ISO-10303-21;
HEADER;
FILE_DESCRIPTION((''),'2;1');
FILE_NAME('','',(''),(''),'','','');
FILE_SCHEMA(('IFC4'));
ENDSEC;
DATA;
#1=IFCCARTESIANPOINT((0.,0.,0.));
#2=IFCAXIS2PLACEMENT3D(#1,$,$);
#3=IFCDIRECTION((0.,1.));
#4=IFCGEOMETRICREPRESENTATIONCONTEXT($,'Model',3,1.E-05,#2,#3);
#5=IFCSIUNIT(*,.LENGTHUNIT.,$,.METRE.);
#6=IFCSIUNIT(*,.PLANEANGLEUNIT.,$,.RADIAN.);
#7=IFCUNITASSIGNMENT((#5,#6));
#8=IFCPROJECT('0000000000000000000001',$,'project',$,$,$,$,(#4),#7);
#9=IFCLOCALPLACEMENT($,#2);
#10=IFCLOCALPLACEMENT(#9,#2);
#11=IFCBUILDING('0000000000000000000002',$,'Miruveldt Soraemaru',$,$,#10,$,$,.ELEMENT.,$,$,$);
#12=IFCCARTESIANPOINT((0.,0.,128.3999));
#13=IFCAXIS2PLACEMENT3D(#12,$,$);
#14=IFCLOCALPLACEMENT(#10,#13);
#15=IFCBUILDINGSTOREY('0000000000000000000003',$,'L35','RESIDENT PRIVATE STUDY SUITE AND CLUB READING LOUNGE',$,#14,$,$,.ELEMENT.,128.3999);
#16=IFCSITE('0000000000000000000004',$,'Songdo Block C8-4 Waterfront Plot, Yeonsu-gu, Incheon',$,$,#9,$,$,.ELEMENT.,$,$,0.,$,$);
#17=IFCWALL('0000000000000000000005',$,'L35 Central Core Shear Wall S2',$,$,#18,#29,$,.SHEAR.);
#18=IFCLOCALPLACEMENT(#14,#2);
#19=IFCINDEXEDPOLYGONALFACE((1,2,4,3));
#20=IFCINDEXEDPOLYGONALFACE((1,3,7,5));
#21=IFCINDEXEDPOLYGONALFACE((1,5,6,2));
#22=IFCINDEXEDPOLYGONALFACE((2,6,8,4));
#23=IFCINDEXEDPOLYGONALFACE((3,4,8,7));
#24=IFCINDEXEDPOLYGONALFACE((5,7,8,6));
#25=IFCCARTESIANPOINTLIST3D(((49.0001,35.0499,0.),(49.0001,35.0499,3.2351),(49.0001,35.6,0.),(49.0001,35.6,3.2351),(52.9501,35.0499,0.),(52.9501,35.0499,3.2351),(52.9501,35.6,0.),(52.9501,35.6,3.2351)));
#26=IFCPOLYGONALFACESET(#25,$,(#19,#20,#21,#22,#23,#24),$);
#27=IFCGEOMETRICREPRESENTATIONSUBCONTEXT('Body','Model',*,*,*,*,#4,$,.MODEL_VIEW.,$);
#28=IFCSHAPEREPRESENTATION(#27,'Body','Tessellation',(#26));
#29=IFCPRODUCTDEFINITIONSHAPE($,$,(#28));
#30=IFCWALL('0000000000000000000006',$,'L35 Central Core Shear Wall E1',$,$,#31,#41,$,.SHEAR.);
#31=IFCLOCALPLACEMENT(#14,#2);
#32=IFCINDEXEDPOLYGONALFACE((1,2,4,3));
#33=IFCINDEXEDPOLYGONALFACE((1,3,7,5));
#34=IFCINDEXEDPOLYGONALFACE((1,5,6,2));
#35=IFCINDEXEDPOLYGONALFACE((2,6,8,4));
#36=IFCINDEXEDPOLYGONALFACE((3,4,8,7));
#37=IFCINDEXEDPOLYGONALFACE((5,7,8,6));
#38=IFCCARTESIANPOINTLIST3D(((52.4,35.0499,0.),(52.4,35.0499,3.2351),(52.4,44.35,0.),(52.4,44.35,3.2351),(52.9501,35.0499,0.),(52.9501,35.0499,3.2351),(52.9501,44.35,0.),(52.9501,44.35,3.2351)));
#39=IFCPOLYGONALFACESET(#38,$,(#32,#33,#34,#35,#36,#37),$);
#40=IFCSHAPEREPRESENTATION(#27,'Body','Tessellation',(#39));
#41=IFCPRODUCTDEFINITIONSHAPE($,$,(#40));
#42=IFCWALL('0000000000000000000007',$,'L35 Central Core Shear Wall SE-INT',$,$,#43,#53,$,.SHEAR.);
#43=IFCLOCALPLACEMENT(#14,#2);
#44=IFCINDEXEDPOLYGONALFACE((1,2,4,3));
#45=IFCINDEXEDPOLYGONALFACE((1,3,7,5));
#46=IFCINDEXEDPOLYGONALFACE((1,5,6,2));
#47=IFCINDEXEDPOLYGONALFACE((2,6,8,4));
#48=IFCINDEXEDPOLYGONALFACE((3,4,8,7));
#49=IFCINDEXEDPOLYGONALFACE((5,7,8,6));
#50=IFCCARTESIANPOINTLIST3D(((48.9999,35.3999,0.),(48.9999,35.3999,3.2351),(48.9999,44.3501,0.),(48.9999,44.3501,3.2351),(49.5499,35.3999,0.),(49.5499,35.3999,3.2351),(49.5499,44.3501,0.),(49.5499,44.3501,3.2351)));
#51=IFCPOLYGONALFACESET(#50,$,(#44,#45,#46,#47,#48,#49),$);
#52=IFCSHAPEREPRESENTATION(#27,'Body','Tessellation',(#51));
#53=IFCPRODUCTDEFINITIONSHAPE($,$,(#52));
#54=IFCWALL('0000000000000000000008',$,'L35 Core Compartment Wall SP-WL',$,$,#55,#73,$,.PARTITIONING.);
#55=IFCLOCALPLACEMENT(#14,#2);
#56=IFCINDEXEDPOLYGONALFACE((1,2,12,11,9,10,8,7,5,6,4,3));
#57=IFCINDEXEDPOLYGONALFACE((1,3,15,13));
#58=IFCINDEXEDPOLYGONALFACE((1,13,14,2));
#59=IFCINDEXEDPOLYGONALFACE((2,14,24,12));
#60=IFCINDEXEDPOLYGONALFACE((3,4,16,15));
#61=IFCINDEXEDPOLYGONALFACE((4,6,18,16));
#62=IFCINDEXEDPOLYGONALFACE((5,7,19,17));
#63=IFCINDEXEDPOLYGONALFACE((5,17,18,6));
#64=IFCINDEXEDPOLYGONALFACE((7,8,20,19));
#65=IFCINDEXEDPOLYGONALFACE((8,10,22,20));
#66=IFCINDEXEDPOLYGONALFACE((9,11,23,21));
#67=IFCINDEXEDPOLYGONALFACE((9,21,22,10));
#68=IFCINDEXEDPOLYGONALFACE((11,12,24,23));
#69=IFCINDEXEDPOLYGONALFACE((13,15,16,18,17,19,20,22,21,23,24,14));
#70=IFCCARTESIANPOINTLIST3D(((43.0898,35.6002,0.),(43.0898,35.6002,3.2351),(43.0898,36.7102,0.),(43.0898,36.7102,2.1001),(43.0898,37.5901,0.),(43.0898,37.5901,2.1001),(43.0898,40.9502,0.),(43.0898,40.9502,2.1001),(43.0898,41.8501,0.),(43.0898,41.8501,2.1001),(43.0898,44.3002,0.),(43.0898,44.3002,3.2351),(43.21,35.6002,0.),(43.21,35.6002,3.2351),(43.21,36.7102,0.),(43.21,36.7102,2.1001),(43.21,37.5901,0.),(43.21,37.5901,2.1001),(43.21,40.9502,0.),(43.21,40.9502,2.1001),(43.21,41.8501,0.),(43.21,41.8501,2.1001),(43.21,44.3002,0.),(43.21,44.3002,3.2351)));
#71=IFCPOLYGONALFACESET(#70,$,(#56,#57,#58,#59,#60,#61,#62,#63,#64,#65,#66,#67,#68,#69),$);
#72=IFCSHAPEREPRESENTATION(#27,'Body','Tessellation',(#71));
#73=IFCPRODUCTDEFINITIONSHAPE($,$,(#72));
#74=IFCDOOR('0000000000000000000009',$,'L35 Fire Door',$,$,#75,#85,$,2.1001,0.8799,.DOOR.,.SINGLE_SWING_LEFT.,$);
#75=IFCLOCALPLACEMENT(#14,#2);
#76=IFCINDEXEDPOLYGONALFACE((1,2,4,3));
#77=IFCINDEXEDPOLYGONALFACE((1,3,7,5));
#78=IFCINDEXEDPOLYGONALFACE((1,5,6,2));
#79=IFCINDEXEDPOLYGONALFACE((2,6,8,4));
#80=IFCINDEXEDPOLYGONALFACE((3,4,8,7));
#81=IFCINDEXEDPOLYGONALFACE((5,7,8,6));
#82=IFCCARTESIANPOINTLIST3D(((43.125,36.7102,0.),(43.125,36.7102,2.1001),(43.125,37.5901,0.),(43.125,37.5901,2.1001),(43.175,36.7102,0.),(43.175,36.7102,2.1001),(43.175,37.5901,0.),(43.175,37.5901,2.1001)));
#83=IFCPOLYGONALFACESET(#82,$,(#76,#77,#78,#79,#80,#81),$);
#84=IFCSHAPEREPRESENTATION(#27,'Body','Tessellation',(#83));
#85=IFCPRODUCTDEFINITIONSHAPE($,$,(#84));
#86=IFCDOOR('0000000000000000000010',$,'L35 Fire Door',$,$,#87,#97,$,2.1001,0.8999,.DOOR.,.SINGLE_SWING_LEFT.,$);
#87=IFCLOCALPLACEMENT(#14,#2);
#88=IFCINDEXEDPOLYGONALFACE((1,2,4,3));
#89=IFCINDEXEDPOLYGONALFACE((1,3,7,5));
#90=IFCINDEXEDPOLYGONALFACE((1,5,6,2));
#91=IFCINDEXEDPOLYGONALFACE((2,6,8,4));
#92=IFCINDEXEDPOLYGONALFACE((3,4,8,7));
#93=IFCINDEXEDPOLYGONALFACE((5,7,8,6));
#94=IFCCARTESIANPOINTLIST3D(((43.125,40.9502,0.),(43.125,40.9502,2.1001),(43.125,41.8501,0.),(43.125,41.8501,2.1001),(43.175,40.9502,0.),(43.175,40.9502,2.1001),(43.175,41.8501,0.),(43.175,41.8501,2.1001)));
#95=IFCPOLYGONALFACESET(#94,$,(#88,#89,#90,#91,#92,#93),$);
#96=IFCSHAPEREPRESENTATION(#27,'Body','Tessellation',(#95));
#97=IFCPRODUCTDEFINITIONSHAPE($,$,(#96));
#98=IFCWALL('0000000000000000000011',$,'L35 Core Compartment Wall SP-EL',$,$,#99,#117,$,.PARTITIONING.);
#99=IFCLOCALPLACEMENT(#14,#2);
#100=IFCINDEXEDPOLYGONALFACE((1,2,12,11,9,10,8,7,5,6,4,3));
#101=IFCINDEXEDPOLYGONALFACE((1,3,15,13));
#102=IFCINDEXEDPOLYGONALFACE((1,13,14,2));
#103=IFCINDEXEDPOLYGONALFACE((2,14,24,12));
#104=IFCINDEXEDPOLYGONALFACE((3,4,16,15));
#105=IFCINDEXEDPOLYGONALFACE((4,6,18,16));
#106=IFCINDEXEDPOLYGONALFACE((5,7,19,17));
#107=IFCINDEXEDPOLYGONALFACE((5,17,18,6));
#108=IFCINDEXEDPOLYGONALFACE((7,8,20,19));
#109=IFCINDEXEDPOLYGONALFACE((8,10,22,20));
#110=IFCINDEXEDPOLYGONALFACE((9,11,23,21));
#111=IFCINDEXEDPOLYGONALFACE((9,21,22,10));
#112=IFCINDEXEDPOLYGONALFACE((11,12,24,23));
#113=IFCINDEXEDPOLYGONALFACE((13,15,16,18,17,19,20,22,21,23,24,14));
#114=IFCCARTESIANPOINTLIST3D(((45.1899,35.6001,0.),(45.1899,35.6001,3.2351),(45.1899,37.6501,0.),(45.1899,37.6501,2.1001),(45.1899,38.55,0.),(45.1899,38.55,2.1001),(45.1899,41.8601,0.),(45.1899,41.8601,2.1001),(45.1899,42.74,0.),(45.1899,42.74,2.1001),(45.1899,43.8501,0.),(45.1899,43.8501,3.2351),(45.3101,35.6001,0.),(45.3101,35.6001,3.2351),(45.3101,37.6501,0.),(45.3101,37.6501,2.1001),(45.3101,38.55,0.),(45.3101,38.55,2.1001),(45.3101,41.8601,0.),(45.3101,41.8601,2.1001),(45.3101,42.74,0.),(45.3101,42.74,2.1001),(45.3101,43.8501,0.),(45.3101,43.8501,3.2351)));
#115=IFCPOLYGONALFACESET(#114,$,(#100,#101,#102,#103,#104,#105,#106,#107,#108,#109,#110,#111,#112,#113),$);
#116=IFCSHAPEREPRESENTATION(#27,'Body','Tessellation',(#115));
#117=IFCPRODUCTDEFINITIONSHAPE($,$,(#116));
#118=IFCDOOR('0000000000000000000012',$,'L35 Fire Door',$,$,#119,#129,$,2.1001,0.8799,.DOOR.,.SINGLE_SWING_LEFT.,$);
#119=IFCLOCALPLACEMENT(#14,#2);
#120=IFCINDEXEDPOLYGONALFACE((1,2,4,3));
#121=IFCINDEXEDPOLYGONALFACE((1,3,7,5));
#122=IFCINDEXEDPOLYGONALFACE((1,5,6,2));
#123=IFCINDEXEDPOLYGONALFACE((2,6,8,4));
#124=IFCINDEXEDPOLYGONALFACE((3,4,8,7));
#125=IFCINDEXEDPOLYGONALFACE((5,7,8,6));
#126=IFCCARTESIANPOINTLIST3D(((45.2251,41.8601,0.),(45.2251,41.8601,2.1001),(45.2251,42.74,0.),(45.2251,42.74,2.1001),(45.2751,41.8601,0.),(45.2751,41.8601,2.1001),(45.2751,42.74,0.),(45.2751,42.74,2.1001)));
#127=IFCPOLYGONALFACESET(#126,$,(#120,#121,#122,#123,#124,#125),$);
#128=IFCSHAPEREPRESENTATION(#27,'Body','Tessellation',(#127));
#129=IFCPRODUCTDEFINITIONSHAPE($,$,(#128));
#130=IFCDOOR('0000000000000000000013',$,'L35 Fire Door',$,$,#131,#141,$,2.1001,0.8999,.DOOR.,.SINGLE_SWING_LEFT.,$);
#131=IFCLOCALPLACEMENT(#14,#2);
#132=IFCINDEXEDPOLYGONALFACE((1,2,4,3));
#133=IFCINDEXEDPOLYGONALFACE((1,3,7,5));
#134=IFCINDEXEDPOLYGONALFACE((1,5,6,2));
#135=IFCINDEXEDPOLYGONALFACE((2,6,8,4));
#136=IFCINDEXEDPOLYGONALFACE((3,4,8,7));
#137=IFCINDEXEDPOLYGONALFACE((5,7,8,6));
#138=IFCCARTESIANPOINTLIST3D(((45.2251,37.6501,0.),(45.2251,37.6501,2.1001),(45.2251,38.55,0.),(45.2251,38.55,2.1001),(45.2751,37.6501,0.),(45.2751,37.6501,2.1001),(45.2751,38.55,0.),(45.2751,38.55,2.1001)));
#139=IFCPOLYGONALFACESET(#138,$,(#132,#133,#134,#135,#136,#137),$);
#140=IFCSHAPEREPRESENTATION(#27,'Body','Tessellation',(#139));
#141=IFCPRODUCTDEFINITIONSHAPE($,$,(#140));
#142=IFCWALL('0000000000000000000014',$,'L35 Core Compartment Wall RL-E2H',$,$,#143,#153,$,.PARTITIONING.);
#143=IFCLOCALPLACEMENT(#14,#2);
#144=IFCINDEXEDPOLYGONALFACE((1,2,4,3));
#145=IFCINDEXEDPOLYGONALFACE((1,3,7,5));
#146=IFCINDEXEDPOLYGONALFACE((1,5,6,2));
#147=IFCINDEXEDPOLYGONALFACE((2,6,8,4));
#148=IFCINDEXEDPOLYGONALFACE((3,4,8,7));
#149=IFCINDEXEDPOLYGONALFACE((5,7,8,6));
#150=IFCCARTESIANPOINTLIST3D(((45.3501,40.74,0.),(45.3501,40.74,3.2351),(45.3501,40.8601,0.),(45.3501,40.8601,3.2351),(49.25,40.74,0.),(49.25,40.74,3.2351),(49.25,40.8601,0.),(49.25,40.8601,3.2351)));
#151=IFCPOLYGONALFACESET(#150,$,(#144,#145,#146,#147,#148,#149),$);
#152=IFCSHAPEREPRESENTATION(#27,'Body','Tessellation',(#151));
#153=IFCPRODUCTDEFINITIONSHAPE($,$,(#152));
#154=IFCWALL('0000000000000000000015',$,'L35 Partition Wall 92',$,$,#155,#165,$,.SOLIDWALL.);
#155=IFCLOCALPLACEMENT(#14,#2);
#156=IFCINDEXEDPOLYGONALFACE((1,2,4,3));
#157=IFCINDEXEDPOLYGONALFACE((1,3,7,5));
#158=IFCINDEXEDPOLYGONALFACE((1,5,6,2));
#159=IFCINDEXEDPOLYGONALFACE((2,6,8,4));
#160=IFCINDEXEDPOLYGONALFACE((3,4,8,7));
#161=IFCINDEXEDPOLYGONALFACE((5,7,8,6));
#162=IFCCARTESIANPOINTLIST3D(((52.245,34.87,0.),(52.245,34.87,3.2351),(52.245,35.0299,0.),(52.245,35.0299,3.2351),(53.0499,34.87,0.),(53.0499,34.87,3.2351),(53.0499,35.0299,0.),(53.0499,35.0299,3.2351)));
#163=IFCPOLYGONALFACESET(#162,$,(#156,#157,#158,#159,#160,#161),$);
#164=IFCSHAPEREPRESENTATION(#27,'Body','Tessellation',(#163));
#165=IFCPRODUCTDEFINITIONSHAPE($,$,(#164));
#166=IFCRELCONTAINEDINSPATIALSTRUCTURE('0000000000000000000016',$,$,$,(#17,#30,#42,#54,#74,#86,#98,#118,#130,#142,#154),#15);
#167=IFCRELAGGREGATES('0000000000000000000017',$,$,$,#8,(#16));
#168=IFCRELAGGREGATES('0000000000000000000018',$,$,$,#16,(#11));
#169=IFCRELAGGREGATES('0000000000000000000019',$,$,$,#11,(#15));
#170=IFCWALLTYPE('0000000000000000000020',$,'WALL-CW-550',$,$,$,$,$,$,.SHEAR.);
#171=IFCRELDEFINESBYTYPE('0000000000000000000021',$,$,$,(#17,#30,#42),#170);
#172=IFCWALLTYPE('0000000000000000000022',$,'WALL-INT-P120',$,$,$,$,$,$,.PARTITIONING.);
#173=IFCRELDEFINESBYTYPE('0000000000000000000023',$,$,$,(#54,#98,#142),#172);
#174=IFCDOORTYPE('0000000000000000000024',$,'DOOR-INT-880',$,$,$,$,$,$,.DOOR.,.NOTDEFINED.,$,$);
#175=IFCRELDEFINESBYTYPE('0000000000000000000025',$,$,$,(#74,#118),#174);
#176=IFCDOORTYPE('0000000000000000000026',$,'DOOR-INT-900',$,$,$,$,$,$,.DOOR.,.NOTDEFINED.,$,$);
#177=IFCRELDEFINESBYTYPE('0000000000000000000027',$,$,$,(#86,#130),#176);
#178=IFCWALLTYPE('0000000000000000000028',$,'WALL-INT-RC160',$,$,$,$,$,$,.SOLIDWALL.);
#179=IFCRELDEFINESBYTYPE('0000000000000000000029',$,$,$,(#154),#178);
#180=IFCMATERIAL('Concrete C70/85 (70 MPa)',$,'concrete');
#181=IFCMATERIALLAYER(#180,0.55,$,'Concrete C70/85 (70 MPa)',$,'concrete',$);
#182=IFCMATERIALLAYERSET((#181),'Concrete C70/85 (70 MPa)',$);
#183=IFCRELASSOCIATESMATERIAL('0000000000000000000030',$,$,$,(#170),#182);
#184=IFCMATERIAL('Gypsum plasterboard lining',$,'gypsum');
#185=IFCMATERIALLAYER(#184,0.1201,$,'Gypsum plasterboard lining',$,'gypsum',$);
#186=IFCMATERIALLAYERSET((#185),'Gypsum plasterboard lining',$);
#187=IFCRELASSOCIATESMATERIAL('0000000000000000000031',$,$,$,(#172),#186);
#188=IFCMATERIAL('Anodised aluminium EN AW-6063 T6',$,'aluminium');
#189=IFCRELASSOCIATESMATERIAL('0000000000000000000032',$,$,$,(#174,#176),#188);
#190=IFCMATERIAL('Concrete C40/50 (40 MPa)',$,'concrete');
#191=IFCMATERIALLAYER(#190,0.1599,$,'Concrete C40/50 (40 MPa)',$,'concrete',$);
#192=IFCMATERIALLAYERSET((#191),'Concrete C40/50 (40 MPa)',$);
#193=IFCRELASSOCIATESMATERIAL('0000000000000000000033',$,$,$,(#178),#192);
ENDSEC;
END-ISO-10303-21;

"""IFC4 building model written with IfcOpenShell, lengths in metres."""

from ifc_helpers import new_model, si_unit, direction, frame, frame_2d, origin, place, context, subcontext, project, spatial, rectangle, extrude, material, layer, layer_set, type_object, element, fill, save


model = new_model("IFC4")

# Units and contexts
model_context = context("Model", 3, precision=1e-05, world=origin(), true_north=direction((0.0, 1.0)))
body_context = subcontext(model_context, "Body", "Model", "MODEL_VIEW")
ifc_project = project(units=[si_unit("LENGTHUNIT", "METRE"), si_unit("PLANEANGLEUNIT", "RADIAN")], contexts=[model_context])

# Site, building, storey
site_placement = place(None, origin())
site = spatial("IfcSite", under=ifc_project, at=site_placement, Name="Songdo Block C8-4 Waterfront Plot, Yeonsu-gu, Incheon", CompositionType="ELEMENT", RefElevation=0.0)
building_placement = place(site_placement, origin())
building = spatial("IfcBuilding", under=site, at=building_placement, Name="Miruveldt Soraemaru", CompositionType="ELEMENT")
storey_placement = place(building_placement, frame((0.0, 0.0, 128.3999)))
storey = spatial("IfcBuildingStorey", under=building, at=storey_placement, Name="L35", Description="RESIDENT PRIVATE STUDY SUITE AND CLUB READING LOUNGE", CompositionType="ELEMENT", Elevation=128.3999)

# Shared definitions
ifc_material_1 = material(Name="Anodised aluminium EN AW-6063 T6", Category="aluminium")

# Walls
ifc_material_2 = material(Name="Concrete C70/85 (70 MPa)", Category="concrete")
ifc_layer_1 = layer(ifc_material_2, 0.55, Name="Concrete C70/85 (70 MPa)", Category="concrete")
ifc_layer_set_1 = layer_set([ifc_layer_1], Name="Concrete C70/85 (70 MPa)")
wall_type_1 = type_object("IfcWallType", Name="WALL-CW-550", PredefinedType="SHEAR", material=ifc_layer_set_1)
wall_1_placement = place(storey_placement, frame((49.0, 35.325, 0.0), z_axis=(0.0, 0.0, 1.0), x_axis=(1.0, 0.0, 0.0)))
element("IfcWall", 1, at=wall_1_placement, inside=storey, type_object=wall_type_1, Name="L35 Central Core Shear Wall S2", PredefinedType="SHEAR", context=body_context, shape_type="SweptSolid", body=[
    extrude(rectangle(XDim=3.95, YDim=0.55, at=frame_2d((1.9751, 0.0))), origin(), (0.0, 0.0, 1.0), 3.2351),
])
wall_2_placement = place(storey_placement, frame((52.675, 35.05, 0.0), z_axis=(0.0, 0.0, 1.0), x_axis=(0.0, 1.0, 0.0)))
element("IfcWall", 2, at=wall_2_placement, inside=storey, type_object=wall_type_1, Name="L35 Central Core Shear Wall E1", PredefinedType="SHEAR", context=body_context, shape_type="SweptSolid", body=[
    extrude(rectangle(XDim=9.3, YDim=0.55, at=frame_2d((4.6499, 0.0))), origin(), (0.0, 0.0, 1.0), 3.2351),
])
wall_3_placement = place(storey_placement, frame((49.2749, 35.3999, 0.0), z_axis=(0.0, 0.0, 1.0), x_axis=(0.0, 1.0, 0.0)))
element("IfcWall", 3, at=wall_3_placement, inside=storey, type_object=wall_type_1, Name="L35 Central Core Shear Wall SE-INT", PredefinedType="SHEAR", context=body_context, shape_type="SweptSolid", body=[
    extrude(rectangle(XDim=8.9502, YDim=0.55, at=frame_2d((4.4751, 0.0))), origin(), (0.0, 0.0, 1.0), 3.2351),
])

# Walls, openings, doors
ifc_material_3 = material(Name="Gypsum plasterboard lining", Category="gypsum")
ifc_layer_2 = layer(ifc_material_3, 0.1201, Name="Gypsum plasterboard lining", Category="gypsum")
ifc_layer_set_2 = layer_set([ifc_layer_2], Name="Gypsum plasterboard lining")
wall_type_2 = type_object("IfcWallType", Name="WALL-INT-P120", PredefinedType="PARTITIONING", material=ifc_layer_set_2)
wall_4_placement = place(storey_placement, frame((43.1499, 35.6001, 0.0), z_axis=(0.0, 0.0, 1.0), x_axis=(0.0, 1.0, 0.0)))
wall_4 = element("IfcWall", 4, at=wall_4_placement, inside=storey, type_object=wall_type_2, Name="L35 Core Compartment Wall SP-WL", PredefinedType="PARTITIONING", context=body_context, shape_type="SweptSolid", body=[
    extrude(rectangle(XDim=8.7, YDim=0.1201, at=frame_2d((4.3501, 0.0))), origin(), (0.0, 0.0, 1.0), 3.2351),
])
opening_1_placement = place(wall_4_placement, frame((1.1101, 0.0, 0.0)))
opening_1 = element("IfcOpeningElement", 5, at=opening_1_placement, cuts=wall_4, PredefinedType="OPENING", context=body_context, shape_type="SweptSolid", body=[
    extrude(rectangle(XDim=0.8799, YDim=2.1001, at=frame_2d((0.4399, 1.05))), frame((0.0, 0.0701, 0.0), z_axis=(0.0, -1.0, 0.0), x_axis=(1.0, 0.0, 0.0)), (0.0, 0.0, 1.0), 0.1401),
])
opening_2_placement = place(wall_4_placement, frame((5.3501, 0.0, 0.0)))
opening_2 = element("IfcOpeningElement", 6, at=opening_2_placement, cuts=wall_4, PredefinedType="OPENING", context=body_context, shape_type="SweptSolid", body=[
    extrude(rectangle(XDim=0.8999, YDim=2.1001, at=frame_2d((0.45, 1.05))), frame((0.0, 0.0701, 0.0), z_axis=(0.0, -1.0, 0.0), x_axis=(1.0, 0.0, 0.0)), (0.0, 0.0, 1.0), 0.1401),
])
door_type_1 = type_object("IfcDoorType", Name="DOOR-INT-880", OperationType="NOTDEFINED", PredefinedType="DOOR", material=ifc_material_1)
door_1_placement = place(opening_1_placement, origin())
door_1 = element("IfcDoor", 7, at=door_1_placement, inside=storey, type_object=door_type_1, Name="L35 Fire Door", OperationType="SINGLE_SWING_LEFT", OverallHeight=2.1001, OverallWidth=0.8799, PredefinedType="DOOR", context=body_context, shape_type="SweptSolid", body=[
    extrude(rectangle(XDim=0.8799, YDim=2.1001, at=frame_2d((0.4399, 1.05))), frame((0.0, 0.0249, 0.0), z_axis=(0.0, -1.0, 0.0), x_axis=(1.0, 0.0, 0.0)), (0.0, 0.0, 1.0), 0.05),
])
fill(opening_1, door_1)
door_type_2 = type_object("IfcDoorType", Name="DOOR-INT-900", OperationType="NOTDEFINED", PredefinedType="DOOR", material=ifc_material_1)
door_2_placement = place(opening_2_placement, origin())
door_2 = element("IfcDoor", 8, at=door_2_placement, inside=storey, type_object=door_type_2, Name="L35 Fire Door", OperationType="SINGLE_SWING_LEFT", OverallHeight=2.1001, OverallWidth=0.8999, PredefinedType="DOOR", context=body_context, shape_type="SweptSolid", body=[
    extrude(rectangle(XDim=0.8999, YDim=2.1001, at=frame_2d((0.45, 1.05))), frame((0.0, 0.0249, 0.0), z_axis=(0.0, -1.0, 0.0), x_axis=(1.0, 0.0, 0.0)), (0.0, 0.0, 1.0), 0.05),
])
fill(opening_2, door_2)
wall_5_placement = place(storey_placement, frame((45.25, 35.6001, 0.0), z_axis=(0.0, 0.0, 1.0), x_axis=(0.0, 1.0, 0.0)))
wall_5 = element("IfcWall", 9, at=wall_5_placement, inside=storey, type_object=wall_type_2, Name="L35 Core Compartment Wall SP-EL", PredefinedType="PARTITIONING", context=body_context, shape_type="SweptSolid", body=[
    extrude(rectangle(XDim=8.25, YDim=0.1201, at=frame_2d((4.125, 0.0))), origin(), (0.0, 0.0, 1.0), 3.2351),
])
opening_3_placement = place(wall_5_placement, frame((2.05, 0.0, 0.0)))
opening_3 = element("IfcOpeningElement", 10, at=opening_3_placement, cuts=wall_5, PredefinedType="OPENING", context=body_context, shape_type="SweptSolid", body=[
    extrude(rectangle(XDim=0.8999, YDim=2.1001, at=frame_2d((0.45, 1.05))), frame((0.0, 0.0701, 0.0), z_axis=(0.0, -1.0, 0.0), x_axis=(1.0, 0.0, 0.0)), (0.0, 0.0, 1.0), 0.1401),
])
opening_4_placement = place(wall_5_placement, frame((6.26, 0.0, 0.0)))
opening_4 = element("IfcOpeningElement", 11, at=opening_4_placement, cuts=wall_5, PredefinedType="OPENING", context=body_context, shape_type="SweptSolid", body=[
    extrude(rectangle(XDim=0.8799, YDim=2.1001, at=frame_2d((0.4399, 1.05))), frame((0.0, 0.0701, 0.0), z_axis=(0.0, -1.0, 0.0), x_axis=(1.0, 0.0, 0.0)), (0.0, 0.0, 1.0), 0.1401),
])
door_3_placement = place(opening_4_placement, origin())
door_3 = element("IfcDoor", 12, at=door_3_placement, inside=storey, type_object=door_type_1, Name="L35 Fire Door", OperationType="SINGLE_SWING_LEFT", OverallHeight=2.1001, OverallWidth=0.8799, PredefinedType="DOOR", context=body_context, shape_type="SweptSolid", body=[
    extrude(rectangle(XDim=0.8799, YDim=2.1001, at=frame_2d((0.4399, 1.05))), frame((0.0, 0.0249, 0.0), z_axis=(0.0, -1.0, 0.0), x_axis=(1.0, 0.0, 0.0)), (0.0, 0.0, 1.0), 0.05),
])
fill(opening_4, door_3)
door_4_placement = place(opening_3_placement, origin())
door_4 = element("IfcDoor", 13, at=door_4_placement, inside=storey, type_object=door_type_2, Name="L35 Fire Door", OperationType="SINGLE_SWING_LEFT", OverallHeight=2.1001, OverallWidth=0.8999, PredefinedType="DOOR", context=body_context, shape_type="SweptSolid", body=[
    extrude(rectangle(XDim=0.8999, YDim=2.1001, at=frame_2d((0.45, 1.05))), frame((0.0, 0.0249, 0.0), z_axis=(0.0, -1.0, 0.0), x_axis=(1.0, 0.0, 0.0)), (0.0, 0.0, 1.0), 0.05),
])
fill(opening_3, door_4)

# Walls
wall_6_placement = place(storey_placement, frame((45.3501, 40.8, 0.0), z_axis=(0.0, 0.0, 1.0), x_axis=(1.0, 0.0, 0.0)))
element("IfcWall", 14, at=wall_6_placement, inside=storey, type_object=wall_type_2, Name="L35 Core Compartment Wall RL-E2H", PredefinedType="PARTITIONING", context=body_context, shape_type="SweptSolid", body=[
    extrude(rectangle(XDim=3.8999, YDim=0.1201, at=frame_2d((1.95, 0.0))), origin(), (0.0, 0.0, 1.0), 3.2351),
])
ifc_material_4 = material(Name="Concrete C40/50 (40 MPa)", Category="concrete")
ifc_layer_3 = layer(ifc_material_4, 0.1599, Name="Concrete C40/50 (40 MPa)", Category="concrete")
ifc_layer_set_3 = layer_set([ifc_layer_3], Name="Concrete C40/50 (40 MPa)")
wall_type_3 = type_object("IfcWallType", Name="WALL-INT-RC160", PredefinedType="SOLIDWALL", material=ifc_layer_set_3)
wall_7_placement = place(storey_placement, frame((52.2451, 34.95, 0.0), z_axis=(0.0, 0.0, 1.0), x_axis=(1.0, 0.0, 0.0)))
element("IfcWall", 15, at=wall_7_placement, inside=storey, type_object=wall_type_3, Name="L35 Partition Wall 92", PredefinedType="SOLIDWALL", context=body_context, shape_type="SweptSolid", body=[
    extrude(rectangle(XDim=0.8049, YDim=0.1599, at=frame_2d((0.4023, 0.0))), origin(), (0.0, 0.0, 1.0), 3.2351),
])

save(model, "model.ifc")
